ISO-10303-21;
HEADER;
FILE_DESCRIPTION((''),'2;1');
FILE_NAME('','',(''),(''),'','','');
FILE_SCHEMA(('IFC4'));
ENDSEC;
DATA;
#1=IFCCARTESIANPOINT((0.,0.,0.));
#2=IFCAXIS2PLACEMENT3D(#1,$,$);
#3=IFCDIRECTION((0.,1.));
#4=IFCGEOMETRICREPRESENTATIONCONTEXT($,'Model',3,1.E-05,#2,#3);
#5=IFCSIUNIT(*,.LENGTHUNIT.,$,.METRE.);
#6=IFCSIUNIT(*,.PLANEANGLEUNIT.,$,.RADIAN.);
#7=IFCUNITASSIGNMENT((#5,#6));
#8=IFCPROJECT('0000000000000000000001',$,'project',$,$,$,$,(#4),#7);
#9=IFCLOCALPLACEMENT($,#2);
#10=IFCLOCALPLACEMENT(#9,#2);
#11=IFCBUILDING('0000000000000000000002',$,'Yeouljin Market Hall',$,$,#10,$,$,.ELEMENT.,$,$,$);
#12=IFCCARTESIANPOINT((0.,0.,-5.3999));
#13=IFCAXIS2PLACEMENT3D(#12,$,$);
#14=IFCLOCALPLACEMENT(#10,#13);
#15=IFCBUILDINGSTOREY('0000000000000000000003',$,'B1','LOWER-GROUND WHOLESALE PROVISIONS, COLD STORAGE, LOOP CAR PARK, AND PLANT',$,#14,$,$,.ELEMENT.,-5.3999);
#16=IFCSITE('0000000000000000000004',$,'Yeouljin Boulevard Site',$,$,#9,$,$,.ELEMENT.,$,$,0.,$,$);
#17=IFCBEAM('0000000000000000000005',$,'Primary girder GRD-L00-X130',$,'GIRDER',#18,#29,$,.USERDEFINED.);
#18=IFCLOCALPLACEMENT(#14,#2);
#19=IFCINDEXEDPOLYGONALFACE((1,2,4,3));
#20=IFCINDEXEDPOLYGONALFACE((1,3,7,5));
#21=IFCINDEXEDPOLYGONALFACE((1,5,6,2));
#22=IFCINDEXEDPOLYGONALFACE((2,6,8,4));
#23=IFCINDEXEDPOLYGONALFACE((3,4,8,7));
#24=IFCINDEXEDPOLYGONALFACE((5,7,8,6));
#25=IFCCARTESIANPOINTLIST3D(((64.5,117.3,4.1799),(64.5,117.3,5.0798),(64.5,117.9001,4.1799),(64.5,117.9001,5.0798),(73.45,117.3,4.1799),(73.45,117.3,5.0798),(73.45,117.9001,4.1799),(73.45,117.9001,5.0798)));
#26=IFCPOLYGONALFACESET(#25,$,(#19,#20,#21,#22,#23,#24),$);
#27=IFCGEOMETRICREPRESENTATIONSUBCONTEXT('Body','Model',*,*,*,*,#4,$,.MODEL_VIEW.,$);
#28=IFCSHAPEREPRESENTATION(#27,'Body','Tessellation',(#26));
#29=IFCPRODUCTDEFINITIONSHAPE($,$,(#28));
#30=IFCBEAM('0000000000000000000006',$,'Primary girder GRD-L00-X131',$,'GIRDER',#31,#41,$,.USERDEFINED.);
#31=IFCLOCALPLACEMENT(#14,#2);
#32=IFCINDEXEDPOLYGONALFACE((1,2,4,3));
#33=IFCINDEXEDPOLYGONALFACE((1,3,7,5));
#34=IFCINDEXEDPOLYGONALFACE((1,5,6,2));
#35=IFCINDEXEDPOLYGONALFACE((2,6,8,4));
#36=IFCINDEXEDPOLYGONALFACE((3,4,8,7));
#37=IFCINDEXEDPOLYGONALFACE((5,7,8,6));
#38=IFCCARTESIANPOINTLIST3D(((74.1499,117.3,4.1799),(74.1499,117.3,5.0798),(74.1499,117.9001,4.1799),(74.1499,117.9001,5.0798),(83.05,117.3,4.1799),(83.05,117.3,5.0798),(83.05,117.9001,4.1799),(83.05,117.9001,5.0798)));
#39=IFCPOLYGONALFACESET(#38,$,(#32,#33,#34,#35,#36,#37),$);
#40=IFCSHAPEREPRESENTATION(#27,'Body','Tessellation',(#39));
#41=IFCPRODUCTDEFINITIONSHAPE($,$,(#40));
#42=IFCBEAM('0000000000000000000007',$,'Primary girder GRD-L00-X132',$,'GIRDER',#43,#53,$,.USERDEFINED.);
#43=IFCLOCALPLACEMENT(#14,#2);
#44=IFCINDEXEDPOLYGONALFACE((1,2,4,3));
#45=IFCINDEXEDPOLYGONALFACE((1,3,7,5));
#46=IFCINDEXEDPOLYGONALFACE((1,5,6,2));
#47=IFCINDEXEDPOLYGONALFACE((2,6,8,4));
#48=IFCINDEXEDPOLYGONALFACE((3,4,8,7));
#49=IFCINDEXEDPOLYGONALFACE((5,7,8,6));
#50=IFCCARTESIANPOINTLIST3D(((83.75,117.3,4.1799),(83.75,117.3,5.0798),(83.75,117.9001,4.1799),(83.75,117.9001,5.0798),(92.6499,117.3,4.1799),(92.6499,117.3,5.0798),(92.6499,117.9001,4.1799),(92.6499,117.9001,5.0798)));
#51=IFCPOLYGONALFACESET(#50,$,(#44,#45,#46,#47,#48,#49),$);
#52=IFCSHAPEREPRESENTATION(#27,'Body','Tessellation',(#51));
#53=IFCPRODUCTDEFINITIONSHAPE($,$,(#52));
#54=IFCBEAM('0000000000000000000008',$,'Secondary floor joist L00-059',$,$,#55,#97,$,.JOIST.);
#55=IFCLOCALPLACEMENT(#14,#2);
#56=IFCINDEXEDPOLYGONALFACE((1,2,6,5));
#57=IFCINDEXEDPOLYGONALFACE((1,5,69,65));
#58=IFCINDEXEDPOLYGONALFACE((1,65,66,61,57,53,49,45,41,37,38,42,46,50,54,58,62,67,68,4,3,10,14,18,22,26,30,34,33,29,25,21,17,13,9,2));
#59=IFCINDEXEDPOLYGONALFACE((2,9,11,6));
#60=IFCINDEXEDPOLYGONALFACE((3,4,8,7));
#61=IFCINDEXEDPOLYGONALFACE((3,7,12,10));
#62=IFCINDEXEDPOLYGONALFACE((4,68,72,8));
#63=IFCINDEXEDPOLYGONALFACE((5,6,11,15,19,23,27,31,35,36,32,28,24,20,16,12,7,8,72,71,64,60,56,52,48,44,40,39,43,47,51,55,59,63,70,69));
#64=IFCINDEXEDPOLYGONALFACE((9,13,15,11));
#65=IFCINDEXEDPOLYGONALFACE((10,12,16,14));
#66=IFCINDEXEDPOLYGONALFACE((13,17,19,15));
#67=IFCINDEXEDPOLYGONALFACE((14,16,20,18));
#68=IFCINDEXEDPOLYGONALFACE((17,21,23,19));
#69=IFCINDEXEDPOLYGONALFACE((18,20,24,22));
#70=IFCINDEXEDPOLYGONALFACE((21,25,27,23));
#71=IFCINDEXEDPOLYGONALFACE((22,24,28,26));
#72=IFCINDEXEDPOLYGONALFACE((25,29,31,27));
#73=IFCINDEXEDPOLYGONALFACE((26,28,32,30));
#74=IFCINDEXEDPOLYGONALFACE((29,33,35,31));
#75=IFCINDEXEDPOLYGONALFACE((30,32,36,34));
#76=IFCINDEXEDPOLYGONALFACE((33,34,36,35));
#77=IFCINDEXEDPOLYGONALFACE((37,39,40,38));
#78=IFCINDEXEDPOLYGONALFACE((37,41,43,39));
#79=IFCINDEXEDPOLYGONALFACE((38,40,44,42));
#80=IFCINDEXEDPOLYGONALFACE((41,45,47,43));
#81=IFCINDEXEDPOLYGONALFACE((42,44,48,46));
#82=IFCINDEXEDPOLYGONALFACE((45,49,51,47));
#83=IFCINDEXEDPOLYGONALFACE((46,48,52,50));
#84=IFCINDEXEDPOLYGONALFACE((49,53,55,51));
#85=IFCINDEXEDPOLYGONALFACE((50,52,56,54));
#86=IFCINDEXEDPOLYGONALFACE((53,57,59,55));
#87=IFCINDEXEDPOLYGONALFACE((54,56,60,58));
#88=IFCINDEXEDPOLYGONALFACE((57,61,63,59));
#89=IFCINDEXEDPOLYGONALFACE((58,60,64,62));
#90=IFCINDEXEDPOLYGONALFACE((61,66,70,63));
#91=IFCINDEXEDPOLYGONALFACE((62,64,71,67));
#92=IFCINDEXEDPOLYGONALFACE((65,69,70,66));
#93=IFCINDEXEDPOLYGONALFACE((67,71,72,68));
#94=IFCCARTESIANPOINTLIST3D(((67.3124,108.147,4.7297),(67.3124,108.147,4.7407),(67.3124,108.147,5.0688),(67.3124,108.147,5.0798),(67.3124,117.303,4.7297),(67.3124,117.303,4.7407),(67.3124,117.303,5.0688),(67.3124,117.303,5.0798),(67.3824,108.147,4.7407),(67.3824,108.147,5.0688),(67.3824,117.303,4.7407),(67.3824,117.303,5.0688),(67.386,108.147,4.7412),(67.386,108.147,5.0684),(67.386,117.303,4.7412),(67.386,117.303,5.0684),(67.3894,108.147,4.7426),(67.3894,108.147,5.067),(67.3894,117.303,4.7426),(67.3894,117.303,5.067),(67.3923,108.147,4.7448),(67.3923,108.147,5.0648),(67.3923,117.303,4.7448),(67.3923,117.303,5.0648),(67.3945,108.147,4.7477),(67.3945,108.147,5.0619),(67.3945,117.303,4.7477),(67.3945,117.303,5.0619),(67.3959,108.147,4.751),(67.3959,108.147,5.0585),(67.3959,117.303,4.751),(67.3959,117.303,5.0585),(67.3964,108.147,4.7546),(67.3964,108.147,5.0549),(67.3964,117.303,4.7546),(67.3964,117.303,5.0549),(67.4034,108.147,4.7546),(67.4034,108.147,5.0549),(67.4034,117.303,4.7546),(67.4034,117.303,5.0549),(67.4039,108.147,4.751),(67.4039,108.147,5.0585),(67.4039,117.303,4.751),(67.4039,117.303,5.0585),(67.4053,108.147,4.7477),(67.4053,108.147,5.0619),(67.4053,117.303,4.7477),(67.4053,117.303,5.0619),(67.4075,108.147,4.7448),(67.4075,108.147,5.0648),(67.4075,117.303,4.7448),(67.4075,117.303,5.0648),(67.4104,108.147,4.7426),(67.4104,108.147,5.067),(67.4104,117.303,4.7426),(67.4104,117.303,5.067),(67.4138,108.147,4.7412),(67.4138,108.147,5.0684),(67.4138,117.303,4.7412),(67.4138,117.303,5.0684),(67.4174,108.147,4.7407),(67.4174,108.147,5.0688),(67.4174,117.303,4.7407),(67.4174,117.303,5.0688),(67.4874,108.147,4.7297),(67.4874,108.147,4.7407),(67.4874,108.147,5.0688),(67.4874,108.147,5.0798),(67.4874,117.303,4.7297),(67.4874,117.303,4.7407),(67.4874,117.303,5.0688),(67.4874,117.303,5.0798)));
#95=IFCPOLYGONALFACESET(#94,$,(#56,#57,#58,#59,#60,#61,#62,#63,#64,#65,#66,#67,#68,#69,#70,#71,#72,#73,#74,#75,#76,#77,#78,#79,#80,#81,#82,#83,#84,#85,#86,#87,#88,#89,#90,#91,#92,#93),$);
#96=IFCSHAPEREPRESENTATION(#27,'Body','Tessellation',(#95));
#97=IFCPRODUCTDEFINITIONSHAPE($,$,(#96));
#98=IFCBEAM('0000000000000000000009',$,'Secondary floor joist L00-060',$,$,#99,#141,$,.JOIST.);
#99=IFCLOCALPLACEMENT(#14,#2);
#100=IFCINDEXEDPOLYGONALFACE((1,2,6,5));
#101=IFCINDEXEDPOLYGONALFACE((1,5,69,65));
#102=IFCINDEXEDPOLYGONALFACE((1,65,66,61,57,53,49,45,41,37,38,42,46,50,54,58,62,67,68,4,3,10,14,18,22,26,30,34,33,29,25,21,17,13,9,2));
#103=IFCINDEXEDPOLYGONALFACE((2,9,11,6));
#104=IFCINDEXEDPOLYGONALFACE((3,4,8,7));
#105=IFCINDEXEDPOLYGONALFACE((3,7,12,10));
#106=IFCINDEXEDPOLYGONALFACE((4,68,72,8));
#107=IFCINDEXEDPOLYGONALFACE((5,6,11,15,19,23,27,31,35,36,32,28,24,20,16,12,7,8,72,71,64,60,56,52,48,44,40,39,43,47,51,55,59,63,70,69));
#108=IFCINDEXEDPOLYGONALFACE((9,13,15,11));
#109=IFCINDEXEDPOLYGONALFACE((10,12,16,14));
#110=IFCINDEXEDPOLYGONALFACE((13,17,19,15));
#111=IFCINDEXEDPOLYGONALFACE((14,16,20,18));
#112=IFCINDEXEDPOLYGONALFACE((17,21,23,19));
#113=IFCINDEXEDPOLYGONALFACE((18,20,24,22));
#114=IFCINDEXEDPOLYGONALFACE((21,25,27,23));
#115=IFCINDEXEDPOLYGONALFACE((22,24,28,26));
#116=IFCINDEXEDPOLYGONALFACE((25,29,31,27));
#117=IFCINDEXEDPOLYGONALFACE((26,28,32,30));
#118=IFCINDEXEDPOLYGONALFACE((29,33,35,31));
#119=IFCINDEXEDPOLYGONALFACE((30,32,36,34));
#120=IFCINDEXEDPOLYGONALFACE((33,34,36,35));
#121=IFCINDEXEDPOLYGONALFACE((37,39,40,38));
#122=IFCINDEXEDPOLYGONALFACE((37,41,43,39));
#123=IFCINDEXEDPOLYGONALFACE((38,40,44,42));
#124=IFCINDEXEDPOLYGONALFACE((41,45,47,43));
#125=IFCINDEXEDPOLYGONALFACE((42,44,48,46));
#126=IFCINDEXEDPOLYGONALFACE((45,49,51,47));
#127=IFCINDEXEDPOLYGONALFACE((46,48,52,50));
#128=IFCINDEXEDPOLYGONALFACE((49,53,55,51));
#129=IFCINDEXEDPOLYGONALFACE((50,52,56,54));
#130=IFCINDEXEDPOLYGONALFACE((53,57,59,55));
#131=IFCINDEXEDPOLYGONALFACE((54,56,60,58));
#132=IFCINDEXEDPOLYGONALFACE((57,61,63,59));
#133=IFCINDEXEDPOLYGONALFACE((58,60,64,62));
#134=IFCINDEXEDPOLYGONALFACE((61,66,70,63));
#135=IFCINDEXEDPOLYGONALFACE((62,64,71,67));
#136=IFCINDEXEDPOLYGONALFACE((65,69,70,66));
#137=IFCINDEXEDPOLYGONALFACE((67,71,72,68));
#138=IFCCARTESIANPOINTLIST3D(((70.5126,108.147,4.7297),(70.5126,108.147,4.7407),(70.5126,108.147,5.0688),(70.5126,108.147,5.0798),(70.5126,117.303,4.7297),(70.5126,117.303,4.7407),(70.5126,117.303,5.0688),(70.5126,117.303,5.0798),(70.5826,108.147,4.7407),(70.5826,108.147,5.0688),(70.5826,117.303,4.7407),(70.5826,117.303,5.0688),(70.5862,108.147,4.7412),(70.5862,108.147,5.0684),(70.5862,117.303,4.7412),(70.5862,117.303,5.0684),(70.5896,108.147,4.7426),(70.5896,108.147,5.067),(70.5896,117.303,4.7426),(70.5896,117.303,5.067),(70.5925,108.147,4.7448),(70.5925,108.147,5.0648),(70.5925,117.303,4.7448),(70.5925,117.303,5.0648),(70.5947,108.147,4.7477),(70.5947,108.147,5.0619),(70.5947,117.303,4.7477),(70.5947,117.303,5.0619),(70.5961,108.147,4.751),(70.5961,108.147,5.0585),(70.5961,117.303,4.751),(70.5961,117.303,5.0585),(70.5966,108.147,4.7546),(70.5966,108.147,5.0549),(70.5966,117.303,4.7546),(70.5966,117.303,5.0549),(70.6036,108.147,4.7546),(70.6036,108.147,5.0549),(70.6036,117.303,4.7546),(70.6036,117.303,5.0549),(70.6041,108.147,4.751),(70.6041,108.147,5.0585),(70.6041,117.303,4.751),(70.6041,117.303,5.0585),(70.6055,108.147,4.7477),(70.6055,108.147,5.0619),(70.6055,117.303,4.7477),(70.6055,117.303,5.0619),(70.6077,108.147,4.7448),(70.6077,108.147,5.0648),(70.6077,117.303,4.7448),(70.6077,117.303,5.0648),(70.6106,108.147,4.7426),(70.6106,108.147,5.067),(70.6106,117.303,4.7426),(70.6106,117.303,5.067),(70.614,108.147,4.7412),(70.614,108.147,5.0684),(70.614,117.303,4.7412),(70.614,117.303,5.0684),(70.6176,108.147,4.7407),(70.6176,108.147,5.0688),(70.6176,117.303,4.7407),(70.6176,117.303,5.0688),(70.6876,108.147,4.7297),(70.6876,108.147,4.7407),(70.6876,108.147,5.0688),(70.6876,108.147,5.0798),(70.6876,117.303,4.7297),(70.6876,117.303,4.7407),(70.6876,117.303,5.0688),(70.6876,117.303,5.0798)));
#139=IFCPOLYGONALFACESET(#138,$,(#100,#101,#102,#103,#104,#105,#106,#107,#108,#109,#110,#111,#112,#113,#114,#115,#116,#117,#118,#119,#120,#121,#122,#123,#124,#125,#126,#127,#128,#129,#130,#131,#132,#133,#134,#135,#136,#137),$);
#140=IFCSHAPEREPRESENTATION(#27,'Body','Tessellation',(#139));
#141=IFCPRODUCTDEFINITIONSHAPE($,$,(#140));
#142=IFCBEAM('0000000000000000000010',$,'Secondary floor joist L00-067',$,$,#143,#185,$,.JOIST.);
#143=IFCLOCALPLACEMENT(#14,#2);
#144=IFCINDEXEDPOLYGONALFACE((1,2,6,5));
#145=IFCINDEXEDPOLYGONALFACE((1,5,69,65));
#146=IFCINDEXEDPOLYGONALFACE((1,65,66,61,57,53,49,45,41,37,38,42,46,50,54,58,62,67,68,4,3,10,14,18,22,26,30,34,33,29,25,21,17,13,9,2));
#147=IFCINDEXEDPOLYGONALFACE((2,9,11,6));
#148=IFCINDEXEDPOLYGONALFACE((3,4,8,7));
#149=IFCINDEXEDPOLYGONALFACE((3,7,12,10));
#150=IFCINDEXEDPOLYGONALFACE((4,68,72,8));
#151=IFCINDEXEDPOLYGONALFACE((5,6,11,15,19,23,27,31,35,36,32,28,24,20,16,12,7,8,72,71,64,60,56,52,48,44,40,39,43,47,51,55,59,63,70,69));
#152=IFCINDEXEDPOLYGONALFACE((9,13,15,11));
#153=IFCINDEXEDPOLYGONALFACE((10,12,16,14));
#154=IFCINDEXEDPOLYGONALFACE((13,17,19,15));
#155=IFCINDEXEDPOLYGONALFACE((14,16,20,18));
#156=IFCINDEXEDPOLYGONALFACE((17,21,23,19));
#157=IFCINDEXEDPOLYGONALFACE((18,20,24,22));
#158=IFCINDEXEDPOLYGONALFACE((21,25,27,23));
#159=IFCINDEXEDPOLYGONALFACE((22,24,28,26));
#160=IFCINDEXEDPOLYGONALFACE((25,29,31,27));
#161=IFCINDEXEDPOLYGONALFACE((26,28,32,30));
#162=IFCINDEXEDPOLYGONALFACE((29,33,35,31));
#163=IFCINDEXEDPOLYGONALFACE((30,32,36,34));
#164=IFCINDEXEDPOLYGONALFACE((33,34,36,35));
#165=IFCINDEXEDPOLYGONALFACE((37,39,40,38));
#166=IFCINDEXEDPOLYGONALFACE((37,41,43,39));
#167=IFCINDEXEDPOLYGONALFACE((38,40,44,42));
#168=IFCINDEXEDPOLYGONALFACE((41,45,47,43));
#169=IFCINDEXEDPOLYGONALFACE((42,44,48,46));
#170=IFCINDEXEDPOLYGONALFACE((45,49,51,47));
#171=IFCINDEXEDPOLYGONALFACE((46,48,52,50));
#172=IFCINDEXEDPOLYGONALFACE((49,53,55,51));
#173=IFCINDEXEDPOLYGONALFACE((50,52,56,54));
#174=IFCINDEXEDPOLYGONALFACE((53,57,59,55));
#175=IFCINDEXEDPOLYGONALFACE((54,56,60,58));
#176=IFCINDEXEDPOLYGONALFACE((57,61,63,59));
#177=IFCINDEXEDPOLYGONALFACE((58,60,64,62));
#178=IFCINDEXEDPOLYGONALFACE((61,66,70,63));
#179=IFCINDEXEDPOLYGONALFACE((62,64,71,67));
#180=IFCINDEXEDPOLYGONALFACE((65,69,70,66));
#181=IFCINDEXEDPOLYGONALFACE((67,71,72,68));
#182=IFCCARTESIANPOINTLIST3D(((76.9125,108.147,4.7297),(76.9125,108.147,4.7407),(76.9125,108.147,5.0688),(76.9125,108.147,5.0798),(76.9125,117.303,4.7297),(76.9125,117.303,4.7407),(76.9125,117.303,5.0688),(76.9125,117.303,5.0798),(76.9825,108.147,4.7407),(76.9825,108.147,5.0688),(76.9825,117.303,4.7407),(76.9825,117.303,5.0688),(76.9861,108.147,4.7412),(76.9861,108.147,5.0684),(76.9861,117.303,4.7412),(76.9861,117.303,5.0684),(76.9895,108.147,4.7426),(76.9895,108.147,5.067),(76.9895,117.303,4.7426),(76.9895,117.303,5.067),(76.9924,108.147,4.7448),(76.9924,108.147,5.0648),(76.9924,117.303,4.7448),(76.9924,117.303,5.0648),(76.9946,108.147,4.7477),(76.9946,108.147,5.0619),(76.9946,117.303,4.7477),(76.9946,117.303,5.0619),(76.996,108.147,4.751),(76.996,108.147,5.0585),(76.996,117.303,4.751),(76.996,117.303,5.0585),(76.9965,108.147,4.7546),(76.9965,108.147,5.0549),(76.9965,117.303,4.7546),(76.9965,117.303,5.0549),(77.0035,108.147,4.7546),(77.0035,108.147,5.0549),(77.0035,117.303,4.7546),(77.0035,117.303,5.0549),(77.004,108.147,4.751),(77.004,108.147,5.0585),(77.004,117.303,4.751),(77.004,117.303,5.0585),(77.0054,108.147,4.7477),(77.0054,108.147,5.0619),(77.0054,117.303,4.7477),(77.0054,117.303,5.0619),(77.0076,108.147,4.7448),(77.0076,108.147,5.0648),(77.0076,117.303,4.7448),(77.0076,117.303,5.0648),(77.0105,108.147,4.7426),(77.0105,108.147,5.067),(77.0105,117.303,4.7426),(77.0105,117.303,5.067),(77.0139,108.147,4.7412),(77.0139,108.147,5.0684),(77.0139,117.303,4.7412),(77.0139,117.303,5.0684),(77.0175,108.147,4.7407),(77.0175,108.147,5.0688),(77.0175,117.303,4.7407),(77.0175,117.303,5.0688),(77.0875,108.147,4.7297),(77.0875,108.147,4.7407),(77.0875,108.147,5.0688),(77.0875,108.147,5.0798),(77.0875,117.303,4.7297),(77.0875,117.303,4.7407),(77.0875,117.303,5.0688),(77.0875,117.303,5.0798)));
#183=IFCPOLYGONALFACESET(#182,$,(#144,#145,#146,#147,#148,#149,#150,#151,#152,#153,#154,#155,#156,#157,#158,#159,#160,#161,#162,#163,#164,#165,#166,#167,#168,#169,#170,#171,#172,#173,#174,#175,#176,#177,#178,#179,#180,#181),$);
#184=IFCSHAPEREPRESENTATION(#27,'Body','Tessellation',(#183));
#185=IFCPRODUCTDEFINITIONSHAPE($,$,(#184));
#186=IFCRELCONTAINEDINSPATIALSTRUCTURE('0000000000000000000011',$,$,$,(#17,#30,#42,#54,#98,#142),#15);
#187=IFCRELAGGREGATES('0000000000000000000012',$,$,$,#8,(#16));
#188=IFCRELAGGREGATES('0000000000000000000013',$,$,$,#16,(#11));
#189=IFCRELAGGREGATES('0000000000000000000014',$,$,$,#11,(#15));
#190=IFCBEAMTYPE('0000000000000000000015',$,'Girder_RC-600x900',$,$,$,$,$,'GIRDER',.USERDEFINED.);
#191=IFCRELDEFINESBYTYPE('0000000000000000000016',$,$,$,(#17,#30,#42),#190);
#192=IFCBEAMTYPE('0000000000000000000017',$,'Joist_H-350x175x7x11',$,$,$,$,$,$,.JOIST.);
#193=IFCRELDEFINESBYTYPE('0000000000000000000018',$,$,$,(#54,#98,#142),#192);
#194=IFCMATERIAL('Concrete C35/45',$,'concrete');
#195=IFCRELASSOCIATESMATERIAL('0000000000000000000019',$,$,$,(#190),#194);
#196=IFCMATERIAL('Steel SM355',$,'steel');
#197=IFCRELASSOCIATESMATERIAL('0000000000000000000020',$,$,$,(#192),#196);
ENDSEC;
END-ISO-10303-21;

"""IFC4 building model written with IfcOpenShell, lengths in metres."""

from ifc_helpers import new_model, si_unit, direction, frame, origin, origin_2d, place, context, subcontext, project, spatial, rectangle, i_section, extrude, material, material_profile, profile_set, type_object, element, save


model = new_model("IFC4")

# Units and contexts
model_context = context("Model", 3, precision=1e-05, world=origin(), true_north=direction((0.0, 1.0)))
body_context = subcontext(model_context, "Body", "Model", "MODEL_VIEW")
ifc_project = project(units=[si_unit("LENGTHUNIT", "METRE"), si_unit("PLANEANGLEUNIT", "RADIAN")], contexts=[model_context])

# Site, building, storey
site_placement = place(None, origin())
site = spatial("IfcSite", under=ifc_project, at=site_placement, Name="Yeouljin Boulevard Site", CompositionType="ELEMENT", RefElevation=0.0)
building_placement = place(site_placement, origin())
building = spatial("IfcBuilding", under=site, at=building_placement, Name="Yeouljin Market Hall", CompositionType="ELEMENT")
storey_placement = place(building_placement, frame((0.0, 0.0, -5.3999)))
storey = spatial("IfcBuildingStorey", under=building, at=storey_placement, Name="B1", Description="LOWER-GROUND WHOLESALE PROVISIONS, COLD STORAGE, LOOP CAR PARK, AND PLANT", CompositionType="ELEMENT", Elevation=-5.3999)

# Beams
ifc_material_1 = material(Name="Concrete C35/45", Category="concrete")
ifc_material_profile_1 = material_profile(ifc_material_1, rectangle(XDim=0.6001, YDim=0.8999, at=origin_2d()), Name="RC-600x900")
ifc_profile_set_1 = profile_set([ifc_material_profile_1], Name="Concrete C35/45")
beam_type_1 = type_object("IfcBeamType", Name="Girder_RC-600x900", ElementType="GIRDER", PredefinedType="USERDEFINED", material=ifc_profile_set_1)
beam_1_placement = place(storey_placement, frame((64.5, 117.6001, 4.6299), z_axis=(1.0, 0.0, 0.0), x_axis=(0.0, 1.0, 0.0)))
element("IfcBeam", 1, at=beam_1_placement, inside=storey, type_object=beam_type_1, Name="Primary girder GRD-L00-X130", ObjectType="GIRDER", PredefinedType="USERDEFINED", context=body_context, shape_type="SweptSolid", body=[
    extrude(rectangle(XDim=0.6001, YDim=0.8999, at=origin_2d()), origin(), (0.0, 0.0, 1.0), 8.95),
])
beam_2_placement = place(storey_placement, frame((74.1499, 117.6001, 4.6299), z_axis=(1.0, 0.0, 0.0), x_axis=(0.0, 1.0, 0.0)))
element("IfcBeam", 2, at=beam_2_placement, inside=storey, type_object=beam_type_1, Name="Primary girder GRD-L00-X131", ObjectType="GIRDER", PredefinedType="USERDEFINED", context=body_context, shape_type="SweptSolid", body=[
    extrude(rectangle(XDim=0.6001, YDim=0.8999, at=origin_2d()), origin(), (0.0, 0.0, 1.0), 8.9001),
])
beam_3_placement = place(storey_placement, frame((83.75, 117.6001, 4.6299), z_axis=(1.0, 0.0, 0.0), x_axis=(0.0, 1.0, 0.0)))
element("IfcBeam", 3, at=beam_3_placement, inside=storey, type_object=beam_type_1, Name="Primary girder GRD-L00-X132", ObjectType="GIRDER", PredefinedType="USERDEFINED", context=body_context, shape_type="SweptSolid", body=[
    extrude(rectangle(XDim=0.6001, YDim=0.8999, at=origin_2d()), origin(), (0.0, 0.0, 1.0), 8.8999),
])
ifc_material_2 = material(Name="Steel SM355", Category="steel")
ifc_material_profile_2 = material_profile(ifc_material_2, i_section(OverallWidth=0.175, OverallDepth=0.3501, WebThickness=0.0071, FlangeThickness=0.011, FilletRadius=0.0139, at=origin_2d()), Name="H-350x175x7x11")
ifc_profile_set_2 = profile_set([ifc_material_profile_2], Name="Steel SM355")
beam_type_2 = type_object("IfcBeamType", Name="Joist_H-350x175x7x11", PredefinedType="JOIST", material=ifc_profile_set_2)
for number, where, z_axis, x_axis, name in (
    (4, (67.3999, 108.147, 4.9048), (0.0, 1.0, 0.0), (-1.0, 0.0, 0.0), "Secondary floor joist L00-059"),
    (5, (70.6001, 108.147, 4.9048), (0.0, 1.0, 0.0), (-1.0, 0.0, 0.0), "Secondary floor joist L00-060"),
    (6, (77.0, 108.147, 4.9048), (0.0, 1.0, 0.0), (-1.0, 0.0, 0.0), "Secondary floor joist L00-067"),
):
    element("IfcBeam", number, at=place(storey_placement, frame(where, z_axis=z_axis, x_axis=x_axis)), inside=storey, type_object=beam_type_2, Name=name, PredefinedType="JOIST", context=body_context, shape_type="SweptSolid", body=[
        extrude(i_section(OverallWidth=0.175, OverallDepth=0.3501, WebThickness=0.0071, FlangeThickness=0.011, FilletRadius=0.0139, at=origin_2d()), origin(), (0.0, 0.0, 1.0), 9.156),
    ])

save(model, "model.ifc")
